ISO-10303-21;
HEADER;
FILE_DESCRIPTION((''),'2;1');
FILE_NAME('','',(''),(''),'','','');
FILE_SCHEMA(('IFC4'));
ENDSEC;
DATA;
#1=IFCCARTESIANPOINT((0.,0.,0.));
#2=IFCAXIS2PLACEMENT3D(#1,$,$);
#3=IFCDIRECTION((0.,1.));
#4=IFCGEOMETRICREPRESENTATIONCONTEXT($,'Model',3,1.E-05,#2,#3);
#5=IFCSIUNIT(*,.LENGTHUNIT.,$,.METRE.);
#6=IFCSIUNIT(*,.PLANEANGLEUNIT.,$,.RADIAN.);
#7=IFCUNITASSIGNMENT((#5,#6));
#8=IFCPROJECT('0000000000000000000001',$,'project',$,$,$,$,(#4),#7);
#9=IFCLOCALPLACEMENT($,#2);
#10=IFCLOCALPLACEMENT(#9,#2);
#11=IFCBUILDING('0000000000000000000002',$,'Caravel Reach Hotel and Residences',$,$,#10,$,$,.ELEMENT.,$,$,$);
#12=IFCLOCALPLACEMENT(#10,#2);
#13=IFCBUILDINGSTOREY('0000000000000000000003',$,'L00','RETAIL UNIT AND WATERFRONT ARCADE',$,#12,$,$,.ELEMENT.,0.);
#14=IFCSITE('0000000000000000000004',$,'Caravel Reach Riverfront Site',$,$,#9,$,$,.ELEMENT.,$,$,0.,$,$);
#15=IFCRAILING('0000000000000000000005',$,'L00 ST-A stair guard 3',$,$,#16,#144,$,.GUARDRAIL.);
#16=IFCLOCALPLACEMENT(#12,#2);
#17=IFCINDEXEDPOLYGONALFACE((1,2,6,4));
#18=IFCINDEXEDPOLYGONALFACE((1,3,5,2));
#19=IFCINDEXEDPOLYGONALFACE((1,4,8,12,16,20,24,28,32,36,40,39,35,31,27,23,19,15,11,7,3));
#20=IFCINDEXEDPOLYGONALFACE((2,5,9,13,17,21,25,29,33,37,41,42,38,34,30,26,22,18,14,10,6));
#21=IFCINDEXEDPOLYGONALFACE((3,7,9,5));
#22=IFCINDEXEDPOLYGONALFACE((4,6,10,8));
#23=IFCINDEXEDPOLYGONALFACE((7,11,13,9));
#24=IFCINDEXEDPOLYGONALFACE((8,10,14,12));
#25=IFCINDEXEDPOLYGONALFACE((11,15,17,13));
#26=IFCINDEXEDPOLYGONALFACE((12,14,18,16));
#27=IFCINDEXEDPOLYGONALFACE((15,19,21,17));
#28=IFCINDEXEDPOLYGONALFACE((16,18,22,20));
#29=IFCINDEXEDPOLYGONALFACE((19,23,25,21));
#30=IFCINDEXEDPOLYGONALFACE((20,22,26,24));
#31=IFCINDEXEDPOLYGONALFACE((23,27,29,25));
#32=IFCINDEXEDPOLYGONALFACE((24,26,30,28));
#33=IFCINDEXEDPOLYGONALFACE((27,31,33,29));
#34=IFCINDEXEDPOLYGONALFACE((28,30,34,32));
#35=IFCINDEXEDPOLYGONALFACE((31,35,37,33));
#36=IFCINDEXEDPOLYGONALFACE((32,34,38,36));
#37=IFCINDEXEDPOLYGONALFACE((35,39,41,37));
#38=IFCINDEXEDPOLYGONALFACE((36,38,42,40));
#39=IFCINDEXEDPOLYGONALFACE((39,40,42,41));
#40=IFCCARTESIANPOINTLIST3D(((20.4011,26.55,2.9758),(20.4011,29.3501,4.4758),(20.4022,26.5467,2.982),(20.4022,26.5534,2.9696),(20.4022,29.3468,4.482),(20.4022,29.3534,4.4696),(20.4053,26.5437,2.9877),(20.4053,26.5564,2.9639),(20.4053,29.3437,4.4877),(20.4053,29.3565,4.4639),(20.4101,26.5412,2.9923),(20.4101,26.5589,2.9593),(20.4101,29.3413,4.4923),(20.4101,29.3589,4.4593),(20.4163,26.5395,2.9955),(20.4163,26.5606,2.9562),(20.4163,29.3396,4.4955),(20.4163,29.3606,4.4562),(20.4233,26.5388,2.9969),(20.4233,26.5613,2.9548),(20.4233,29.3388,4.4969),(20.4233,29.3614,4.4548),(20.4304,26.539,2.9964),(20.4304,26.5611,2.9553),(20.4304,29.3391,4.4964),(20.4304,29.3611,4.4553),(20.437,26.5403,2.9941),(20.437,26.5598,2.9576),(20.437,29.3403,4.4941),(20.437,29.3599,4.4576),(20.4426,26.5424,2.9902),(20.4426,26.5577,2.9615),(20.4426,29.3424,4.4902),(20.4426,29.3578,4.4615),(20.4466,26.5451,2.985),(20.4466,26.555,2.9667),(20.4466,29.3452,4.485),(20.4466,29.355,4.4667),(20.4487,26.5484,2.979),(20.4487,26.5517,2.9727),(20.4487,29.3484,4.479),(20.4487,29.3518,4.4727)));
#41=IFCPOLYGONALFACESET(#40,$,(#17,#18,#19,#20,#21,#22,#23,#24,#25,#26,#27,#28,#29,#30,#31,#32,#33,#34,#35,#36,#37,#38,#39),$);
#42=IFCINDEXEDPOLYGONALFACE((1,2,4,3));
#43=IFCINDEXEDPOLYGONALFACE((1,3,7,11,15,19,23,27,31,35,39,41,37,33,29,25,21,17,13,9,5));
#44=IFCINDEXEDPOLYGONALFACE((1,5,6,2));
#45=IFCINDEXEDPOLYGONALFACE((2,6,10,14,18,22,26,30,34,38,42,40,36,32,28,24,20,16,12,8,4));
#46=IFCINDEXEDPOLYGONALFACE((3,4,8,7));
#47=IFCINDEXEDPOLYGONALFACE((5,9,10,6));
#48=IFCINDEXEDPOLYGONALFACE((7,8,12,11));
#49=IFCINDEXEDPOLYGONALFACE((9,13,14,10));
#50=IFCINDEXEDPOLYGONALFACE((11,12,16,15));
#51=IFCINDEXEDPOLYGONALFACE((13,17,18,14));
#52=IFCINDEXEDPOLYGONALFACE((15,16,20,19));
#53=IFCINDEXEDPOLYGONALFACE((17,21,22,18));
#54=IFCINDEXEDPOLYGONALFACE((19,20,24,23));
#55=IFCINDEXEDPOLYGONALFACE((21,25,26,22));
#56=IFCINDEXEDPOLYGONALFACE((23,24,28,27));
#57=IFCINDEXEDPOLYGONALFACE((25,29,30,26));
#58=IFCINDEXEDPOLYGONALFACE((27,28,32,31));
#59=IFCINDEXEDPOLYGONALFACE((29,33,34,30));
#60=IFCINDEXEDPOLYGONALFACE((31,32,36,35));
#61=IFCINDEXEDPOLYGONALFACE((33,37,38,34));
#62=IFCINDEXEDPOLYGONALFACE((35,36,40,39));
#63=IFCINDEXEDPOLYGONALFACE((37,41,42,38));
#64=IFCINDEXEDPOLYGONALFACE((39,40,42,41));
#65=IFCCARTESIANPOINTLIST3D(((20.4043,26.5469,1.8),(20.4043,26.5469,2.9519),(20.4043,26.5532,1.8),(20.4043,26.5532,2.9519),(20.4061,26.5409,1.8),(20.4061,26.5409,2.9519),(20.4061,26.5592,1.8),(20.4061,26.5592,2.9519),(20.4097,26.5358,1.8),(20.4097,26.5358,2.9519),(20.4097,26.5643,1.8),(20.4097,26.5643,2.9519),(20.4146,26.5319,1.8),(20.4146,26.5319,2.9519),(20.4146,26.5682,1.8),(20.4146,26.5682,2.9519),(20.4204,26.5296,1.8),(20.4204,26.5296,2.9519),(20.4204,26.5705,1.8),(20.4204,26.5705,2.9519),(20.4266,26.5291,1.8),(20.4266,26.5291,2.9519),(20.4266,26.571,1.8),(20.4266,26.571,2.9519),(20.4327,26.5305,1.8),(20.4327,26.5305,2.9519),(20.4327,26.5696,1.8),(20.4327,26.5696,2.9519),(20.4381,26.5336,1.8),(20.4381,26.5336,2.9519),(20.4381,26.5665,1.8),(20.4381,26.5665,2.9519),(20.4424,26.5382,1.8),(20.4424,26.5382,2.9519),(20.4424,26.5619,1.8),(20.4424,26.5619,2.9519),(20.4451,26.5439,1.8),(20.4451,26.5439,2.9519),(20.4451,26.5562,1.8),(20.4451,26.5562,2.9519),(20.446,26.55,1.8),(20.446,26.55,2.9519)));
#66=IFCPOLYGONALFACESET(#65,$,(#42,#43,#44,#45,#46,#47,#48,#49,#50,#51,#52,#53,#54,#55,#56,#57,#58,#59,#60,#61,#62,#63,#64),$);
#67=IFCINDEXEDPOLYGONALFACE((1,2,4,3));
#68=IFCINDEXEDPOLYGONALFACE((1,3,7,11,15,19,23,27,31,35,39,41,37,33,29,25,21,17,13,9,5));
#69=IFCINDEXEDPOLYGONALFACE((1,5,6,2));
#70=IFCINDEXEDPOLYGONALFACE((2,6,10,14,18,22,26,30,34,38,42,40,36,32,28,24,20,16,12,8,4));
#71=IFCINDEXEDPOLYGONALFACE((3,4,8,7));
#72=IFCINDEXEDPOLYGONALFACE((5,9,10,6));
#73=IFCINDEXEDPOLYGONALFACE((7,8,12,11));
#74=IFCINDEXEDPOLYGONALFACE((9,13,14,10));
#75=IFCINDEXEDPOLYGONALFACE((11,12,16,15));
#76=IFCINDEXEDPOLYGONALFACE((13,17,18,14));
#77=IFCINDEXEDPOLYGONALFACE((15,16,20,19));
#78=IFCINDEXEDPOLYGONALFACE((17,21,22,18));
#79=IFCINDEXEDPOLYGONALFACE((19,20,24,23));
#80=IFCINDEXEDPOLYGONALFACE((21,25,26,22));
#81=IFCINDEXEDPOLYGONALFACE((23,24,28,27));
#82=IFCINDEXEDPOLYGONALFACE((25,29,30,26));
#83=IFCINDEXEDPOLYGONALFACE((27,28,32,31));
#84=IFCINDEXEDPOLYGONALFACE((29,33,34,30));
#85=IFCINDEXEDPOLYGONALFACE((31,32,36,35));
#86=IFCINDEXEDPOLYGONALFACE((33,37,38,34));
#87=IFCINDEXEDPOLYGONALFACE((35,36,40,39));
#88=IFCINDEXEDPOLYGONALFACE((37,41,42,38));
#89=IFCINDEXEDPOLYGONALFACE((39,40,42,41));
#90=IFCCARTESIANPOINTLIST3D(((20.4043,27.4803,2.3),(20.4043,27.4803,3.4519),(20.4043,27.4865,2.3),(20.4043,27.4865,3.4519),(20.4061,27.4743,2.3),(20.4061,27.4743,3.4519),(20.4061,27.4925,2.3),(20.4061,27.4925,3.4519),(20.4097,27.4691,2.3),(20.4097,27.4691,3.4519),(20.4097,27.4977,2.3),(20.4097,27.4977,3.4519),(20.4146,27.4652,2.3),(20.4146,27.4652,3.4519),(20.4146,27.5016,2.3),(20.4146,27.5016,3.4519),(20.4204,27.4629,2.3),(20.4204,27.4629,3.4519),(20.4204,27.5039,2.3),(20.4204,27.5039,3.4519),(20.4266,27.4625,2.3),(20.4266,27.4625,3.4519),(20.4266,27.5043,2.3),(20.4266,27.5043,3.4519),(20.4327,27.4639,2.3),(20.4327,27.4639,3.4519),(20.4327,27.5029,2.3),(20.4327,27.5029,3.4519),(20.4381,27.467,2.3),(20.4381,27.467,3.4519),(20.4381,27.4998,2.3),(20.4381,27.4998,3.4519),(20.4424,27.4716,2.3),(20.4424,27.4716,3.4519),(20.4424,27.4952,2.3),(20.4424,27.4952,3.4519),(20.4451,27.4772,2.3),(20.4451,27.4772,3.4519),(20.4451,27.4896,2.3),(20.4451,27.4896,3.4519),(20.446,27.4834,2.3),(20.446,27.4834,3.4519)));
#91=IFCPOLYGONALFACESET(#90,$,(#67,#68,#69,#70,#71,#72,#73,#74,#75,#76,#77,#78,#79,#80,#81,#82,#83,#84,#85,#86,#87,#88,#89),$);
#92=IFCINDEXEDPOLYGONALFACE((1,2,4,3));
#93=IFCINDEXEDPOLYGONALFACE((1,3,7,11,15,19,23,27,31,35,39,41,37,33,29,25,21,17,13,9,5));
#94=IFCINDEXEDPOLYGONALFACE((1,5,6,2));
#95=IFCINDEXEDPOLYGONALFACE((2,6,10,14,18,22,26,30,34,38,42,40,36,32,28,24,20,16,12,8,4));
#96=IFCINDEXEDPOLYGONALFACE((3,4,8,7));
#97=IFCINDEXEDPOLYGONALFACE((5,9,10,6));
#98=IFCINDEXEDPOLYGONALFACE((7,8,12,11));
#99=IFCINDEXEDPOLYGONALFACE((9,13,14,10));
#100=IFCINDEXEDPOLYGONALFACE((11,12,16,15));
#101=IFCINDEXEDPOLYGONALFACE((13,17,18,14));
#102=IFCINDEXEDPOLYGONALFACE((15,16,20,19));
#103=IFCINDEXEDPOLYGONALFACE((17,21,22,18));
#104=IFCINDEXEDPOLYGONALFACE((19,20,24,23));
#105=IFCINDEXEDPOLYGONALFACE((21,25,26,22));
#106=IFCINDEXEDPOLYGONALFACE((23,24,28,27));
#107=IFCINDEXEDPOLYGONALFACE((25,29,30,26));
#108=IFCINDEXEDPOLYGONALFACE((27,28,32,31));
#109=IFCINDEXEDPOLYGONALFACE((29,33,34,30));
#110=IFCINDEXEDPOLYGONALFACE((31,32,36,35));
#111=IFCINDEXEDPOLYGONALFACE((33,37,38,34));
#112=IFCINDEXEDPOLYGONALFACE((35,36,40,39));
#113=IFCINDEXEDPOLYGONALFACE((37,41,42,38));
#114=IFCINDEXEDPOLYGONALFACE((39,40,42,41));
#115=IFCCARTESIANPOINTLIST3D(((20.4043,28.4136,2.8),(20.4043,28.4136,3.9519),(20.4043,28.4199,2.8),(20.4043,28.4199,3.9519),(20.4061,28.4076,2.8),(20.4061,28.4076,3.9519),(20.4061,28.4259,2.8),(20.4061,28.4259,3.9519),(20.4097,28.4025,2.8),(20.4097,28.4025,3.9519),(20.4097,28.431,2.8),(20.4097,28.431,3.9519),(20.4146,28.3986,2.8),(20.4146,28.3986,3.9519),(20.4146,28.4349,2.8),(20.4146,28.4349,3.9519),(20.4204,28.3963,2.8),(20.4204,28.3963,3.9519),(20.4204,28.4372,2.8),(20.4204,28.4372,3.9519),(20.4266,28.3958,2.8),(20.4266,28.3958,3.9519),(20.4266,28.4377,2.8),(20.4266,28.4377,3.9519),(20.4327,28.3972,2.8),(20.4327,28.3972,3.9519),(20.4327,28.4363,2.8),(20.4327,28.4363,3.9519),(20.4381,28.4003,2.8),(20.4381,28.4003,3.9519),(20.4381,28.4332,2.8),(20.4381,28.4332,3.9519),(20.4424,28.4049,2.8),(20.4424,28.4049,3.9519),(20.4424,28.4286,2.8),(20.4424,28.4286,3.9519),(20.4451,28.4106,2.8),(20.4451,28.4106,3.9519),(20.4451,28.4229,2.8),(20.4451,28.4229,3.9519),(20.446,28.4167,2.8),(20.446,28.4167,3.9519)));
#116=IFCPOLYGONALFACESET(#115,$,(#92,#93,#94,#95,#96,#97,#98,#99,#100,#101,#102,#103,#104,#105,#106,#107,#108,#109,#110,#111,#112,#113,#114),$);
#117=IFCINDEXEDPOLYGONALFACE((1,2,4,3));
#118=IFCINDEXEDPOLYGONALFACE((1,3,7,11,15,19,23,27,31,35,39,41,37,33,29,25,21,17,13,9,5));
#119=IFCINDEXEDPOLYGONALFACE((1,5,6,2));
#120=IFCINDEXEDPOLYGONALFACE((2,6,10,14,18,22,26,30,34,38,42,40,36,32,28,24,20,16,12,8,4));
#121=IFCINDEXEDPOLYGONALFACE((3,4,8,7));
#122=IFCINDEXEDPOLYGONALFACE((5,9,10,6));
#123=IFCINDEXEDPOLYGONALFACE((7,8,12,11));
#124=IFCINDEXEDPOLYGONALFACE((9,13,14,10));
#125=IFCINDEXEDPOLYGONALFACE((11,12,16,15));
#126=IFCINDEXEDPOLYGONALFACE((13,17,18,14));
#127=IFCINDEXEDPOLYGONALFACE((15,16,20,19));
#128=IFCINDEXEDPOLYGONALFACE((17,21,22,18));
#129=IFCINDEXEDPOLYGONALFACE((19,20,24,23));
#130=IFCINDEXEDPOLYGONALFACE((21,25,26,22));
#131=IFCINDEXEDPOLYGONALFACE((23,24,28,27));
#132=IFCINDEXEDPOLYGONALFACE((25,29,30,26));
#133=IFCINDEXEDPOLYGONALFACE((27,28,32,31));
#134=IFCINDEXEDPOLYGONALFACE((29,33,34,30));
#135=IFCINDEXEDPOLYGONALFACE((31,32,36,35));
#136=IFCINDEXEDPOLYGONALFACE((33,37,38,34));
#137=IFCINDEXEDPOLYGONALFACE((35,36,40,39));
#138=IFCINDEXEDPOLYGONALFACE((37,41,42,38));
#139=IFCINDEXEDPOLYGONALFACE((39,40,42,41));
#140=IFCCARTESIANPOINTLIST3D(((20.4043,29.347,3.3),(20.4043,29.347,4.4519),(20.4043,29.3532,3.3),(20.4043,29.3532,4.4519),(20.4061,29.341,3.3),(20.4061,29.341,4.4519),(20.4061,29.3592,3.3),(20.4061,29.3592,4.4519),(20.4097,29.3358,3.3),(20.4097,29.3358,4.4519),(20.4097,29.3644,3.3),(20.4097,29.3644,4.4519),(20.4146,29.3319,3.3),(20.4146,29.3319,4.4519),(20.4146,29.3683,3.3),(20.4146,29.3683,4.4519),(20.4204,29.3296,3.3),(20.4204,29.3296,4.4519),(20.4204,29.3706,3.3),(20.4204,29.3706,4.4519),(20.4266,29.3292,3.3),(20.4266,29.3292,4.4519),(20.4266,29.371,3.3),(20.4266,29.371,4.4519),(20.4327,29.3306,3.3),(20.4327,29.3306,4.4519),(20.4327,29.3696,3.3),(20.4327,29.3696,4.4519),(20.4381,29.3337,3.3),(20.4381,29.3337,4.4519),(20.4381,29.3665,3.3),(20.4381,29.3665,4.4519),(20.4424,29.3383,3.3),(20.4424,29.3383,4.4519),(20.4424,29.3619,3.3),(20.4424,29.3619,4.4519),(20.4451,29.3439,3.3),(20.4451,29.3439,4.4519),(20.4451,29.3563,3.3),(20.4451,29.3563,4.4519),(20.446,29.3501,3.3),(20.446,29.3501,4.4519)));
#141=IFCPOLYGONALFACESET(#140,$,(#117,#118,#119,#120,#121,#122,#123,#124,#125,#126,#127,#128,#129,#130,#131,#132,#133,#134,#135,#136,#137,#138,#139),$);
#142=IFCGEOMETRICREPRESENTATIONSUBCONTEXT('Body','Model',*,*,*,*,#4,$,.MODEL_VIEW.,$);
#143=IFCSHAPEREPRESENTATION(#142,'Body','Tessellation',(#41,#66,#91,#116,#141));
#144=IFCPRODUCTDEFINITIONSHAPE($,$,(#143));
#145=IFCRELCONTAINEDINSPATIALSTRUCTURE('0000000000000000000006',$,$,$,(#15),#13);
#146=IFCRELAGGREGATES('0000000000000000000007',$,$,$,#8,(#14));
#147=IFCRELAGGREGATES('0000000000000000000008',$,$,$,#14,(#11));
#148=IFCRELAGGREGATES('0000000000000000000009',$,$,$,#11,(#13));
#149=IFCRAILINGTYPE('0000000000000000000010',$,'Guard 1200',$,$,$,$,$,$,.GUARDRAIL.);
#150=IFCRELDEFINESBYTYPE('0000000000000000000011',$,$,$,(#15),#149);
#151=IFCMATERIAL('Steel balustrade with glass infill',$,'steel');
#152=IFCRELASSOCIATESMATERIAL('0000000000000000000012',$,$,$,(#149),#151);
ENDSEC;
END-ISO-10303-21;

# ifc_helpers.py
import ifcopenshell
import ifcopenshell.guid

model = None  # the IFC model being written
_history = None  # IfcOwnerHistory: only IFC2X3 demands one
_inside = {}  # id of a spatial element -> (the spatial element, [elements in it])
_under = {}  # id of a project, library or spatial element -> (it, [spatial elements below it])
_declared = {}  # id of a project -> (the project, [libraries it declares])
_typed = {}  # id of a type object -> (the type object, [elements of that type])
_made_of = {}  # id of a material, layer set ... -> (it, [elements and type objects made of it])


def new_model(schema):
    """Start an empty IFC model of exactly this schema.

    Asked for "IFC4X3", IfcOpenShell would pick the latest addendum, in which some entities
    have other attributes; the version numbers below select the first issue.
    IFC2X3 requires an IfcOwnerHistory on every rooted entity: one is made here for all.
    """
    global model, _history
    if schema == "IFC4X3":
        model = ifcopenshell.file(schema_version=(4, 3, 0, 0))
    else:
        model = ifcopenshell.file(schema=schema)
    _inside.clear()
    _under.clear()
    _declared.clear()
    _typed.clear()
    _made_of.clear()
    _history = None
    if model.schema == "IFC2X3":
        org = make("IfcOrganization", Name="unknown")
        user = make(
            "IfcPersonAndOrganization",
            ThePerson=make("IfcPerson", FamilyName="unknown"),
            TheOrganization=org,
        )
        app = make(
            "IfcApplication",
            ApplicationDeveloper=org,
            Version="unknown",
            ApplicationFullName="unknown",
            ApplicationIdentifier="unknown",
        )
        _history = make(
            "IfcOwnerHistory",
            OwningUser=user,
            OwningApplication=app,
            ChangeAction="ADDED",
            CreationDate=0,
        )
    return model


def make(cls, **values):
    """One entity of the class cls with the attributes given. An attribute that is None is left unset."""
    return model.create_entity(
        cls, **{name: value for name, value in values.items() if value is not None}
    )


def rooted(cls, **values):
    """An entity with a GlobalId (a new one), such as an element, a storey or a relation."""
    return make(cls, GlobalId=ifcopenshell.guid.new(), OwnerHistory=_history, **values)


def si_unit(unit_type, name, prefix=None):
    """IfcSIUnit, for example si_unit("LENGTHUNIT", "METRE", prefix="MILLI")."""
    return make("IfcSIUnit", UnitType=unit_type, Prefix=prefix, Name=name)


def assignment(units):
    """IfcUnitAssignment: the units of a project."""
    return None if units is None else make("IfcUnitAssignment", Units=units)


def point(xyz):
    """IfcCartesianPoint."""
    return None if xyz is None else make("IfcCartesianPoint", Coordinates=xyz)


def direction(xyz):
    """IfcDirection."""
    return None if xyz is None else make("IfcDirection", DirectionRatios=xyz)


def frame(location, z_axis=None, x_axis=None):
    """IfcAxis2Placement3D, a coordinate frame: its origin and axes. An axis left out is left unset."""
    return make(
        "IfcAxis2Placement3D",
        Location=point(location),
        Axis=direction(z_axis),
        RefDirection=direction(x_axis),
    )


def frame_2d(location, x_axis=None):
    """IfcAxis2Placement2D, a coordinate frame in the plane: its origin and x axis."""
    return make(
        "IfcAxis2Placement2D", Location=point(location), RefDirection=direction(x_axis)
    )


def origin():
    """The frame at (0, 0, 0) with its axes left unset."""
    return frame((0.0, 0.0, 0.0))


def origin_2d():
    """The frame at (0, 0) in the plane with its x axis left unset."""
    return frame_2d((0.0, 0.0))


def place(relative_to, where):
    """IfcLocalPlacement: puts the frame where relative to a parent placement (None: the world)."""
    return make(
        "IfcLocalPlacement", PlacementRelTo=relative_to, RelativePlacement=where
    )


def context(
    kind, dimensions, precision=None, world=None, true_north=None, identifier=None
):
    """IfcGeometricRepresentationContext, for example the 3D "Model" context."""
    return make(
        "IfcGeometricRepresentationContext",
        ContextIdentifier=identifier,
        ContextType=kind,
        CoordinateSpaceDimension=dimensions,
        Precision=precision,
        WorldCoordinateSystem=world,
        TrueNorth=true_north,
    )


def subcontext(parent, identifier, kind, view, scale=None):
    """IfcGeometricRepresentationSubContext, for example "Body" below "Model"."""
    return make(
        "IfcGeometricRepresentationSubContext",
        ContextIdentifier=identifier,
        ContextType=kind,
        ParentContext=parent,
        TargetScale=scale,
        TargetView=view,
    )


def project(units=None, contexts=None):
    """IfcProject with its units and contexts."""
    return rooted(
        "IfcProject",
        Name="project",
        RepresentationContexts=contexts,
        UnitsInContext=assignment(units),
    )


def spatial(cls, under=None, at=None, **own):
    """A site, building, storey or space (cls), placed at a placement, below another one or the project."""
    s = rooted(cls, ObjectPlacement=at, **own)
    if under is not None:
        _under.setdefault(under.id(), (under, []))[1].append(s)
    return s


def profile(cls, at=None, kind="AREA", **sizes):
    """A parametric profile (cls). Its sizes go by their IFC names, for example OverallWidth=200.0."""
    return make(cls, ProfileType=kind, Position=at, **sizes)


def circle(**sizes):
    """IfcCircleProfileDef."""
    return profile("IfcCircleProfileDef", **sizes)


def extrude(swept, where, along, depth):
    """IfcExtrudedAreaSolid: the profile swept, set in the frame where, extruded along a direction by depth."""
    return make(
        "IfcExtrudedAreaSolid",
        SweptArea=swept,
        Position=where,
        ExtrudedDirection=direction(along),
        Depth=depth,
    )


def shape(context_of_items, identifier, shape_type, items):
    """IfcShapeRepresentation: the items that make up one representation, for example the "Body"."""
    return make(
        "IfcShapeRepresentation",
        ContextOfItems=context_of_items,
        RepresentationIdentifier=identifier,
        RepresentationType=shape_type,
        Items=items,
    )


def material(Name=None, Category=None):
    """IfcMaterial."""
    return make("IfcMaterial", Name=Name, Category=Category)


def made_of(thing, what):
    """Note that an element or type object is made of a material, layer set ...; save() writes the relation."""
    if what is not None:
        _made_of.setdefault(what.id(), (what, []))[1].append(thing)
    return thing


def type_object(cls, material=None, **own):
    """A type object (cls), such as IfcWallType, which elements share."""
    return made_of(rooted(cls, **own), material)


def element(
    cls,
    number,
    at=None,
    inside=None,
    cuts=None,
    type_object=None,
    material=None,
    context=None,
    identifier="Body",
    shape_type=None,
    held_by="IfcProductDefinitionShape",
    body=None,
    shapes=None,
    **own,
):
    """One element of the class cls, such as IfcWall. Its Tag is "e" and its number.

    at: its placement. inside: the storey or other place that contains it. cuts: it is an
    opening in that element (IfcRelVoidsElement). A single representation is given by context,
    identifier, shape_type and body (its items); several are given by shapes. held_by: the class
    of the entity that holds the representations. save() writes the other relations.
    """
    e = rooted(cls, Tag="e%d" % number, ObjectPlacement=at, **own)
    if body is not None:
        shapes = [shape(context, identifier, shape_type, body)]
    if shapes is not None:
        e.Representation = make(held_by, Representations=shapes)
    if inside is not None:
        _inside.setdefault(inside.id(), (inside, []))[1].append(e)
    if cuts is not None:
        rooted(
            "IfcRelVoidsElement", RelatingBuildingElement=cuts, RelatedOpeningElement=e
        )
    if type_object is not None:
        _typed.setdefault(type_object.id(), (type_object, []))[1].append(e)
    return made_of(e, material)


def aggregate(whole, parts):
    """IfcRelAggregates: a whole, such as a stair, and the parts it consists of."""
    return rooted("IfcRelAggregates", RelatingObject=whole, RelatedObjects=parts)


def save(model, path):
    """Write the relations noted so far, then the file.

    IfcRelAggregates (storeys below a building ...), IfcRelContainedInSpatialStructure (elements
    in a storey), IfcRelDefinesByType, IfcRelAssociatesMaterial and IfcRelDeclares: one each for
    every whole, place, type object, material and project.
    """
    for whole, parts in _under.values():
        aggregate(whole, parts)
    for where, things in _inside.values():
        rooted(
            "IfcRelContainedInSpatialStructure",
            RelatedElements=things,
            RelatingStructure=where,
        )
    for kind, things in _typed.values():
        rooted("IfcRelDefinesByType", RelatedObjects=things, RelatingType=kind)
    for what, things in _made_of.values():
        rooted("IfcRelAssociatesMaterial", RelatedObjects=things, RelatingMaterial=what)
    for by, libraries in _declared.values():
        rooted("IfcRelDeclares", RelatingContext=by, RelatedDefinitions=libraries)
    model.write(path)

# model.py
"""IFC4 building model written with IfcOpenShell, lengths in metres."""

from ifc_helpers import new_model, si_unit, direction, frame, origin, origin_2d, place, context, subcontext, project, spatial, circle, extrude, material, type_object, element, save


model = new_model("IFC4")

# Units and contexts
model_context = context("Model", 3, precision=1e-05, world=origin(), true_north=direction((0.0, 1.0)))
body_context = subcontext(model_context, "Body", "Model", "MODEL_VIEW")
ifc_project = project(units=[si_unit("LENGTHUNIT", "METRE"), si_unit("PLANEANGLEUNIT", "RADIAN")], contexts=[model_context])

# Site, building, storey
site_placement = place(None, origin())
site = spatial("IfcSite", under=ifc_project, at=site_placement, Name="Caravel Reach Riverfront Site", CompositionType="ELEMENT", RefElevation=0.0)
building_placement = place(site_placement, origin())
building = spatial("IfcBuilding", under=site, at=building_placement, Name="Caravel Reach Hotel and Residences", CompositionType="ELEMENT")
storey_placement = place(building_placement, origin())
storey = spatial("IfcBuildingStorey", under=building, at=storey_placement, Name="L00", Description="RETAIL UNIT AND WATERFRONT ARCADE", CompositionType="ELEMENT", Elevation=0.0)

# Railing
ifc_material_1 = material(Name="Steel balustrade with glass infill", Category="steel")
railing_type_1 = type_object("IfcRailingType", Name="Guard 1200", PredefinedType="GUARDRAIL", material=ifc_material_1)
for number, where, name in (
    (1, (20.425, 26.55, 1.8), "L00 ST-A stair guard 3"),
):
    element("IfcRailing", number, at=place(storey_placement, frame(where)), inside=storey, type_object=railing_type_1, Name=name, PredefinedType="GUARDRAIL", context=body_context, shape_type="SweptSolid", body=[
        extrude(circle(Radius=0.0239, at=origin_2d()), frame((0.0, 0.0, 1.1758), z_axis=(0.0, 0.881483, 0.472215), x_axis=(-1.0, 0.0, 0.0)), (0.0, 0.0, 1.0), 3.1765),
        extrude(circle(Radius=0.021, at=origin_2d()), origin(), (0.0, 0.0, 1.0), 1.1519),
        extrude(circle(Radius=0.021, at=origin_2d()), frame((0.0, 0.9333, 0.5)), (0.0, 0.0, 1.0), 1.1519),
        extrude(circle(Radius=0.021, at=origin_2d()), frame((0.0, 1.8667, 1.0)), (0.0, 0.0, 1.0), 1.1519),
        extrude(circle(Radius=0.021, at=origin_2d()), frame((0.0, 2.8, 1.5)), (0.0, 0.0, 1.0), 1.1519),
    ])

save(model, "model.ifc")
